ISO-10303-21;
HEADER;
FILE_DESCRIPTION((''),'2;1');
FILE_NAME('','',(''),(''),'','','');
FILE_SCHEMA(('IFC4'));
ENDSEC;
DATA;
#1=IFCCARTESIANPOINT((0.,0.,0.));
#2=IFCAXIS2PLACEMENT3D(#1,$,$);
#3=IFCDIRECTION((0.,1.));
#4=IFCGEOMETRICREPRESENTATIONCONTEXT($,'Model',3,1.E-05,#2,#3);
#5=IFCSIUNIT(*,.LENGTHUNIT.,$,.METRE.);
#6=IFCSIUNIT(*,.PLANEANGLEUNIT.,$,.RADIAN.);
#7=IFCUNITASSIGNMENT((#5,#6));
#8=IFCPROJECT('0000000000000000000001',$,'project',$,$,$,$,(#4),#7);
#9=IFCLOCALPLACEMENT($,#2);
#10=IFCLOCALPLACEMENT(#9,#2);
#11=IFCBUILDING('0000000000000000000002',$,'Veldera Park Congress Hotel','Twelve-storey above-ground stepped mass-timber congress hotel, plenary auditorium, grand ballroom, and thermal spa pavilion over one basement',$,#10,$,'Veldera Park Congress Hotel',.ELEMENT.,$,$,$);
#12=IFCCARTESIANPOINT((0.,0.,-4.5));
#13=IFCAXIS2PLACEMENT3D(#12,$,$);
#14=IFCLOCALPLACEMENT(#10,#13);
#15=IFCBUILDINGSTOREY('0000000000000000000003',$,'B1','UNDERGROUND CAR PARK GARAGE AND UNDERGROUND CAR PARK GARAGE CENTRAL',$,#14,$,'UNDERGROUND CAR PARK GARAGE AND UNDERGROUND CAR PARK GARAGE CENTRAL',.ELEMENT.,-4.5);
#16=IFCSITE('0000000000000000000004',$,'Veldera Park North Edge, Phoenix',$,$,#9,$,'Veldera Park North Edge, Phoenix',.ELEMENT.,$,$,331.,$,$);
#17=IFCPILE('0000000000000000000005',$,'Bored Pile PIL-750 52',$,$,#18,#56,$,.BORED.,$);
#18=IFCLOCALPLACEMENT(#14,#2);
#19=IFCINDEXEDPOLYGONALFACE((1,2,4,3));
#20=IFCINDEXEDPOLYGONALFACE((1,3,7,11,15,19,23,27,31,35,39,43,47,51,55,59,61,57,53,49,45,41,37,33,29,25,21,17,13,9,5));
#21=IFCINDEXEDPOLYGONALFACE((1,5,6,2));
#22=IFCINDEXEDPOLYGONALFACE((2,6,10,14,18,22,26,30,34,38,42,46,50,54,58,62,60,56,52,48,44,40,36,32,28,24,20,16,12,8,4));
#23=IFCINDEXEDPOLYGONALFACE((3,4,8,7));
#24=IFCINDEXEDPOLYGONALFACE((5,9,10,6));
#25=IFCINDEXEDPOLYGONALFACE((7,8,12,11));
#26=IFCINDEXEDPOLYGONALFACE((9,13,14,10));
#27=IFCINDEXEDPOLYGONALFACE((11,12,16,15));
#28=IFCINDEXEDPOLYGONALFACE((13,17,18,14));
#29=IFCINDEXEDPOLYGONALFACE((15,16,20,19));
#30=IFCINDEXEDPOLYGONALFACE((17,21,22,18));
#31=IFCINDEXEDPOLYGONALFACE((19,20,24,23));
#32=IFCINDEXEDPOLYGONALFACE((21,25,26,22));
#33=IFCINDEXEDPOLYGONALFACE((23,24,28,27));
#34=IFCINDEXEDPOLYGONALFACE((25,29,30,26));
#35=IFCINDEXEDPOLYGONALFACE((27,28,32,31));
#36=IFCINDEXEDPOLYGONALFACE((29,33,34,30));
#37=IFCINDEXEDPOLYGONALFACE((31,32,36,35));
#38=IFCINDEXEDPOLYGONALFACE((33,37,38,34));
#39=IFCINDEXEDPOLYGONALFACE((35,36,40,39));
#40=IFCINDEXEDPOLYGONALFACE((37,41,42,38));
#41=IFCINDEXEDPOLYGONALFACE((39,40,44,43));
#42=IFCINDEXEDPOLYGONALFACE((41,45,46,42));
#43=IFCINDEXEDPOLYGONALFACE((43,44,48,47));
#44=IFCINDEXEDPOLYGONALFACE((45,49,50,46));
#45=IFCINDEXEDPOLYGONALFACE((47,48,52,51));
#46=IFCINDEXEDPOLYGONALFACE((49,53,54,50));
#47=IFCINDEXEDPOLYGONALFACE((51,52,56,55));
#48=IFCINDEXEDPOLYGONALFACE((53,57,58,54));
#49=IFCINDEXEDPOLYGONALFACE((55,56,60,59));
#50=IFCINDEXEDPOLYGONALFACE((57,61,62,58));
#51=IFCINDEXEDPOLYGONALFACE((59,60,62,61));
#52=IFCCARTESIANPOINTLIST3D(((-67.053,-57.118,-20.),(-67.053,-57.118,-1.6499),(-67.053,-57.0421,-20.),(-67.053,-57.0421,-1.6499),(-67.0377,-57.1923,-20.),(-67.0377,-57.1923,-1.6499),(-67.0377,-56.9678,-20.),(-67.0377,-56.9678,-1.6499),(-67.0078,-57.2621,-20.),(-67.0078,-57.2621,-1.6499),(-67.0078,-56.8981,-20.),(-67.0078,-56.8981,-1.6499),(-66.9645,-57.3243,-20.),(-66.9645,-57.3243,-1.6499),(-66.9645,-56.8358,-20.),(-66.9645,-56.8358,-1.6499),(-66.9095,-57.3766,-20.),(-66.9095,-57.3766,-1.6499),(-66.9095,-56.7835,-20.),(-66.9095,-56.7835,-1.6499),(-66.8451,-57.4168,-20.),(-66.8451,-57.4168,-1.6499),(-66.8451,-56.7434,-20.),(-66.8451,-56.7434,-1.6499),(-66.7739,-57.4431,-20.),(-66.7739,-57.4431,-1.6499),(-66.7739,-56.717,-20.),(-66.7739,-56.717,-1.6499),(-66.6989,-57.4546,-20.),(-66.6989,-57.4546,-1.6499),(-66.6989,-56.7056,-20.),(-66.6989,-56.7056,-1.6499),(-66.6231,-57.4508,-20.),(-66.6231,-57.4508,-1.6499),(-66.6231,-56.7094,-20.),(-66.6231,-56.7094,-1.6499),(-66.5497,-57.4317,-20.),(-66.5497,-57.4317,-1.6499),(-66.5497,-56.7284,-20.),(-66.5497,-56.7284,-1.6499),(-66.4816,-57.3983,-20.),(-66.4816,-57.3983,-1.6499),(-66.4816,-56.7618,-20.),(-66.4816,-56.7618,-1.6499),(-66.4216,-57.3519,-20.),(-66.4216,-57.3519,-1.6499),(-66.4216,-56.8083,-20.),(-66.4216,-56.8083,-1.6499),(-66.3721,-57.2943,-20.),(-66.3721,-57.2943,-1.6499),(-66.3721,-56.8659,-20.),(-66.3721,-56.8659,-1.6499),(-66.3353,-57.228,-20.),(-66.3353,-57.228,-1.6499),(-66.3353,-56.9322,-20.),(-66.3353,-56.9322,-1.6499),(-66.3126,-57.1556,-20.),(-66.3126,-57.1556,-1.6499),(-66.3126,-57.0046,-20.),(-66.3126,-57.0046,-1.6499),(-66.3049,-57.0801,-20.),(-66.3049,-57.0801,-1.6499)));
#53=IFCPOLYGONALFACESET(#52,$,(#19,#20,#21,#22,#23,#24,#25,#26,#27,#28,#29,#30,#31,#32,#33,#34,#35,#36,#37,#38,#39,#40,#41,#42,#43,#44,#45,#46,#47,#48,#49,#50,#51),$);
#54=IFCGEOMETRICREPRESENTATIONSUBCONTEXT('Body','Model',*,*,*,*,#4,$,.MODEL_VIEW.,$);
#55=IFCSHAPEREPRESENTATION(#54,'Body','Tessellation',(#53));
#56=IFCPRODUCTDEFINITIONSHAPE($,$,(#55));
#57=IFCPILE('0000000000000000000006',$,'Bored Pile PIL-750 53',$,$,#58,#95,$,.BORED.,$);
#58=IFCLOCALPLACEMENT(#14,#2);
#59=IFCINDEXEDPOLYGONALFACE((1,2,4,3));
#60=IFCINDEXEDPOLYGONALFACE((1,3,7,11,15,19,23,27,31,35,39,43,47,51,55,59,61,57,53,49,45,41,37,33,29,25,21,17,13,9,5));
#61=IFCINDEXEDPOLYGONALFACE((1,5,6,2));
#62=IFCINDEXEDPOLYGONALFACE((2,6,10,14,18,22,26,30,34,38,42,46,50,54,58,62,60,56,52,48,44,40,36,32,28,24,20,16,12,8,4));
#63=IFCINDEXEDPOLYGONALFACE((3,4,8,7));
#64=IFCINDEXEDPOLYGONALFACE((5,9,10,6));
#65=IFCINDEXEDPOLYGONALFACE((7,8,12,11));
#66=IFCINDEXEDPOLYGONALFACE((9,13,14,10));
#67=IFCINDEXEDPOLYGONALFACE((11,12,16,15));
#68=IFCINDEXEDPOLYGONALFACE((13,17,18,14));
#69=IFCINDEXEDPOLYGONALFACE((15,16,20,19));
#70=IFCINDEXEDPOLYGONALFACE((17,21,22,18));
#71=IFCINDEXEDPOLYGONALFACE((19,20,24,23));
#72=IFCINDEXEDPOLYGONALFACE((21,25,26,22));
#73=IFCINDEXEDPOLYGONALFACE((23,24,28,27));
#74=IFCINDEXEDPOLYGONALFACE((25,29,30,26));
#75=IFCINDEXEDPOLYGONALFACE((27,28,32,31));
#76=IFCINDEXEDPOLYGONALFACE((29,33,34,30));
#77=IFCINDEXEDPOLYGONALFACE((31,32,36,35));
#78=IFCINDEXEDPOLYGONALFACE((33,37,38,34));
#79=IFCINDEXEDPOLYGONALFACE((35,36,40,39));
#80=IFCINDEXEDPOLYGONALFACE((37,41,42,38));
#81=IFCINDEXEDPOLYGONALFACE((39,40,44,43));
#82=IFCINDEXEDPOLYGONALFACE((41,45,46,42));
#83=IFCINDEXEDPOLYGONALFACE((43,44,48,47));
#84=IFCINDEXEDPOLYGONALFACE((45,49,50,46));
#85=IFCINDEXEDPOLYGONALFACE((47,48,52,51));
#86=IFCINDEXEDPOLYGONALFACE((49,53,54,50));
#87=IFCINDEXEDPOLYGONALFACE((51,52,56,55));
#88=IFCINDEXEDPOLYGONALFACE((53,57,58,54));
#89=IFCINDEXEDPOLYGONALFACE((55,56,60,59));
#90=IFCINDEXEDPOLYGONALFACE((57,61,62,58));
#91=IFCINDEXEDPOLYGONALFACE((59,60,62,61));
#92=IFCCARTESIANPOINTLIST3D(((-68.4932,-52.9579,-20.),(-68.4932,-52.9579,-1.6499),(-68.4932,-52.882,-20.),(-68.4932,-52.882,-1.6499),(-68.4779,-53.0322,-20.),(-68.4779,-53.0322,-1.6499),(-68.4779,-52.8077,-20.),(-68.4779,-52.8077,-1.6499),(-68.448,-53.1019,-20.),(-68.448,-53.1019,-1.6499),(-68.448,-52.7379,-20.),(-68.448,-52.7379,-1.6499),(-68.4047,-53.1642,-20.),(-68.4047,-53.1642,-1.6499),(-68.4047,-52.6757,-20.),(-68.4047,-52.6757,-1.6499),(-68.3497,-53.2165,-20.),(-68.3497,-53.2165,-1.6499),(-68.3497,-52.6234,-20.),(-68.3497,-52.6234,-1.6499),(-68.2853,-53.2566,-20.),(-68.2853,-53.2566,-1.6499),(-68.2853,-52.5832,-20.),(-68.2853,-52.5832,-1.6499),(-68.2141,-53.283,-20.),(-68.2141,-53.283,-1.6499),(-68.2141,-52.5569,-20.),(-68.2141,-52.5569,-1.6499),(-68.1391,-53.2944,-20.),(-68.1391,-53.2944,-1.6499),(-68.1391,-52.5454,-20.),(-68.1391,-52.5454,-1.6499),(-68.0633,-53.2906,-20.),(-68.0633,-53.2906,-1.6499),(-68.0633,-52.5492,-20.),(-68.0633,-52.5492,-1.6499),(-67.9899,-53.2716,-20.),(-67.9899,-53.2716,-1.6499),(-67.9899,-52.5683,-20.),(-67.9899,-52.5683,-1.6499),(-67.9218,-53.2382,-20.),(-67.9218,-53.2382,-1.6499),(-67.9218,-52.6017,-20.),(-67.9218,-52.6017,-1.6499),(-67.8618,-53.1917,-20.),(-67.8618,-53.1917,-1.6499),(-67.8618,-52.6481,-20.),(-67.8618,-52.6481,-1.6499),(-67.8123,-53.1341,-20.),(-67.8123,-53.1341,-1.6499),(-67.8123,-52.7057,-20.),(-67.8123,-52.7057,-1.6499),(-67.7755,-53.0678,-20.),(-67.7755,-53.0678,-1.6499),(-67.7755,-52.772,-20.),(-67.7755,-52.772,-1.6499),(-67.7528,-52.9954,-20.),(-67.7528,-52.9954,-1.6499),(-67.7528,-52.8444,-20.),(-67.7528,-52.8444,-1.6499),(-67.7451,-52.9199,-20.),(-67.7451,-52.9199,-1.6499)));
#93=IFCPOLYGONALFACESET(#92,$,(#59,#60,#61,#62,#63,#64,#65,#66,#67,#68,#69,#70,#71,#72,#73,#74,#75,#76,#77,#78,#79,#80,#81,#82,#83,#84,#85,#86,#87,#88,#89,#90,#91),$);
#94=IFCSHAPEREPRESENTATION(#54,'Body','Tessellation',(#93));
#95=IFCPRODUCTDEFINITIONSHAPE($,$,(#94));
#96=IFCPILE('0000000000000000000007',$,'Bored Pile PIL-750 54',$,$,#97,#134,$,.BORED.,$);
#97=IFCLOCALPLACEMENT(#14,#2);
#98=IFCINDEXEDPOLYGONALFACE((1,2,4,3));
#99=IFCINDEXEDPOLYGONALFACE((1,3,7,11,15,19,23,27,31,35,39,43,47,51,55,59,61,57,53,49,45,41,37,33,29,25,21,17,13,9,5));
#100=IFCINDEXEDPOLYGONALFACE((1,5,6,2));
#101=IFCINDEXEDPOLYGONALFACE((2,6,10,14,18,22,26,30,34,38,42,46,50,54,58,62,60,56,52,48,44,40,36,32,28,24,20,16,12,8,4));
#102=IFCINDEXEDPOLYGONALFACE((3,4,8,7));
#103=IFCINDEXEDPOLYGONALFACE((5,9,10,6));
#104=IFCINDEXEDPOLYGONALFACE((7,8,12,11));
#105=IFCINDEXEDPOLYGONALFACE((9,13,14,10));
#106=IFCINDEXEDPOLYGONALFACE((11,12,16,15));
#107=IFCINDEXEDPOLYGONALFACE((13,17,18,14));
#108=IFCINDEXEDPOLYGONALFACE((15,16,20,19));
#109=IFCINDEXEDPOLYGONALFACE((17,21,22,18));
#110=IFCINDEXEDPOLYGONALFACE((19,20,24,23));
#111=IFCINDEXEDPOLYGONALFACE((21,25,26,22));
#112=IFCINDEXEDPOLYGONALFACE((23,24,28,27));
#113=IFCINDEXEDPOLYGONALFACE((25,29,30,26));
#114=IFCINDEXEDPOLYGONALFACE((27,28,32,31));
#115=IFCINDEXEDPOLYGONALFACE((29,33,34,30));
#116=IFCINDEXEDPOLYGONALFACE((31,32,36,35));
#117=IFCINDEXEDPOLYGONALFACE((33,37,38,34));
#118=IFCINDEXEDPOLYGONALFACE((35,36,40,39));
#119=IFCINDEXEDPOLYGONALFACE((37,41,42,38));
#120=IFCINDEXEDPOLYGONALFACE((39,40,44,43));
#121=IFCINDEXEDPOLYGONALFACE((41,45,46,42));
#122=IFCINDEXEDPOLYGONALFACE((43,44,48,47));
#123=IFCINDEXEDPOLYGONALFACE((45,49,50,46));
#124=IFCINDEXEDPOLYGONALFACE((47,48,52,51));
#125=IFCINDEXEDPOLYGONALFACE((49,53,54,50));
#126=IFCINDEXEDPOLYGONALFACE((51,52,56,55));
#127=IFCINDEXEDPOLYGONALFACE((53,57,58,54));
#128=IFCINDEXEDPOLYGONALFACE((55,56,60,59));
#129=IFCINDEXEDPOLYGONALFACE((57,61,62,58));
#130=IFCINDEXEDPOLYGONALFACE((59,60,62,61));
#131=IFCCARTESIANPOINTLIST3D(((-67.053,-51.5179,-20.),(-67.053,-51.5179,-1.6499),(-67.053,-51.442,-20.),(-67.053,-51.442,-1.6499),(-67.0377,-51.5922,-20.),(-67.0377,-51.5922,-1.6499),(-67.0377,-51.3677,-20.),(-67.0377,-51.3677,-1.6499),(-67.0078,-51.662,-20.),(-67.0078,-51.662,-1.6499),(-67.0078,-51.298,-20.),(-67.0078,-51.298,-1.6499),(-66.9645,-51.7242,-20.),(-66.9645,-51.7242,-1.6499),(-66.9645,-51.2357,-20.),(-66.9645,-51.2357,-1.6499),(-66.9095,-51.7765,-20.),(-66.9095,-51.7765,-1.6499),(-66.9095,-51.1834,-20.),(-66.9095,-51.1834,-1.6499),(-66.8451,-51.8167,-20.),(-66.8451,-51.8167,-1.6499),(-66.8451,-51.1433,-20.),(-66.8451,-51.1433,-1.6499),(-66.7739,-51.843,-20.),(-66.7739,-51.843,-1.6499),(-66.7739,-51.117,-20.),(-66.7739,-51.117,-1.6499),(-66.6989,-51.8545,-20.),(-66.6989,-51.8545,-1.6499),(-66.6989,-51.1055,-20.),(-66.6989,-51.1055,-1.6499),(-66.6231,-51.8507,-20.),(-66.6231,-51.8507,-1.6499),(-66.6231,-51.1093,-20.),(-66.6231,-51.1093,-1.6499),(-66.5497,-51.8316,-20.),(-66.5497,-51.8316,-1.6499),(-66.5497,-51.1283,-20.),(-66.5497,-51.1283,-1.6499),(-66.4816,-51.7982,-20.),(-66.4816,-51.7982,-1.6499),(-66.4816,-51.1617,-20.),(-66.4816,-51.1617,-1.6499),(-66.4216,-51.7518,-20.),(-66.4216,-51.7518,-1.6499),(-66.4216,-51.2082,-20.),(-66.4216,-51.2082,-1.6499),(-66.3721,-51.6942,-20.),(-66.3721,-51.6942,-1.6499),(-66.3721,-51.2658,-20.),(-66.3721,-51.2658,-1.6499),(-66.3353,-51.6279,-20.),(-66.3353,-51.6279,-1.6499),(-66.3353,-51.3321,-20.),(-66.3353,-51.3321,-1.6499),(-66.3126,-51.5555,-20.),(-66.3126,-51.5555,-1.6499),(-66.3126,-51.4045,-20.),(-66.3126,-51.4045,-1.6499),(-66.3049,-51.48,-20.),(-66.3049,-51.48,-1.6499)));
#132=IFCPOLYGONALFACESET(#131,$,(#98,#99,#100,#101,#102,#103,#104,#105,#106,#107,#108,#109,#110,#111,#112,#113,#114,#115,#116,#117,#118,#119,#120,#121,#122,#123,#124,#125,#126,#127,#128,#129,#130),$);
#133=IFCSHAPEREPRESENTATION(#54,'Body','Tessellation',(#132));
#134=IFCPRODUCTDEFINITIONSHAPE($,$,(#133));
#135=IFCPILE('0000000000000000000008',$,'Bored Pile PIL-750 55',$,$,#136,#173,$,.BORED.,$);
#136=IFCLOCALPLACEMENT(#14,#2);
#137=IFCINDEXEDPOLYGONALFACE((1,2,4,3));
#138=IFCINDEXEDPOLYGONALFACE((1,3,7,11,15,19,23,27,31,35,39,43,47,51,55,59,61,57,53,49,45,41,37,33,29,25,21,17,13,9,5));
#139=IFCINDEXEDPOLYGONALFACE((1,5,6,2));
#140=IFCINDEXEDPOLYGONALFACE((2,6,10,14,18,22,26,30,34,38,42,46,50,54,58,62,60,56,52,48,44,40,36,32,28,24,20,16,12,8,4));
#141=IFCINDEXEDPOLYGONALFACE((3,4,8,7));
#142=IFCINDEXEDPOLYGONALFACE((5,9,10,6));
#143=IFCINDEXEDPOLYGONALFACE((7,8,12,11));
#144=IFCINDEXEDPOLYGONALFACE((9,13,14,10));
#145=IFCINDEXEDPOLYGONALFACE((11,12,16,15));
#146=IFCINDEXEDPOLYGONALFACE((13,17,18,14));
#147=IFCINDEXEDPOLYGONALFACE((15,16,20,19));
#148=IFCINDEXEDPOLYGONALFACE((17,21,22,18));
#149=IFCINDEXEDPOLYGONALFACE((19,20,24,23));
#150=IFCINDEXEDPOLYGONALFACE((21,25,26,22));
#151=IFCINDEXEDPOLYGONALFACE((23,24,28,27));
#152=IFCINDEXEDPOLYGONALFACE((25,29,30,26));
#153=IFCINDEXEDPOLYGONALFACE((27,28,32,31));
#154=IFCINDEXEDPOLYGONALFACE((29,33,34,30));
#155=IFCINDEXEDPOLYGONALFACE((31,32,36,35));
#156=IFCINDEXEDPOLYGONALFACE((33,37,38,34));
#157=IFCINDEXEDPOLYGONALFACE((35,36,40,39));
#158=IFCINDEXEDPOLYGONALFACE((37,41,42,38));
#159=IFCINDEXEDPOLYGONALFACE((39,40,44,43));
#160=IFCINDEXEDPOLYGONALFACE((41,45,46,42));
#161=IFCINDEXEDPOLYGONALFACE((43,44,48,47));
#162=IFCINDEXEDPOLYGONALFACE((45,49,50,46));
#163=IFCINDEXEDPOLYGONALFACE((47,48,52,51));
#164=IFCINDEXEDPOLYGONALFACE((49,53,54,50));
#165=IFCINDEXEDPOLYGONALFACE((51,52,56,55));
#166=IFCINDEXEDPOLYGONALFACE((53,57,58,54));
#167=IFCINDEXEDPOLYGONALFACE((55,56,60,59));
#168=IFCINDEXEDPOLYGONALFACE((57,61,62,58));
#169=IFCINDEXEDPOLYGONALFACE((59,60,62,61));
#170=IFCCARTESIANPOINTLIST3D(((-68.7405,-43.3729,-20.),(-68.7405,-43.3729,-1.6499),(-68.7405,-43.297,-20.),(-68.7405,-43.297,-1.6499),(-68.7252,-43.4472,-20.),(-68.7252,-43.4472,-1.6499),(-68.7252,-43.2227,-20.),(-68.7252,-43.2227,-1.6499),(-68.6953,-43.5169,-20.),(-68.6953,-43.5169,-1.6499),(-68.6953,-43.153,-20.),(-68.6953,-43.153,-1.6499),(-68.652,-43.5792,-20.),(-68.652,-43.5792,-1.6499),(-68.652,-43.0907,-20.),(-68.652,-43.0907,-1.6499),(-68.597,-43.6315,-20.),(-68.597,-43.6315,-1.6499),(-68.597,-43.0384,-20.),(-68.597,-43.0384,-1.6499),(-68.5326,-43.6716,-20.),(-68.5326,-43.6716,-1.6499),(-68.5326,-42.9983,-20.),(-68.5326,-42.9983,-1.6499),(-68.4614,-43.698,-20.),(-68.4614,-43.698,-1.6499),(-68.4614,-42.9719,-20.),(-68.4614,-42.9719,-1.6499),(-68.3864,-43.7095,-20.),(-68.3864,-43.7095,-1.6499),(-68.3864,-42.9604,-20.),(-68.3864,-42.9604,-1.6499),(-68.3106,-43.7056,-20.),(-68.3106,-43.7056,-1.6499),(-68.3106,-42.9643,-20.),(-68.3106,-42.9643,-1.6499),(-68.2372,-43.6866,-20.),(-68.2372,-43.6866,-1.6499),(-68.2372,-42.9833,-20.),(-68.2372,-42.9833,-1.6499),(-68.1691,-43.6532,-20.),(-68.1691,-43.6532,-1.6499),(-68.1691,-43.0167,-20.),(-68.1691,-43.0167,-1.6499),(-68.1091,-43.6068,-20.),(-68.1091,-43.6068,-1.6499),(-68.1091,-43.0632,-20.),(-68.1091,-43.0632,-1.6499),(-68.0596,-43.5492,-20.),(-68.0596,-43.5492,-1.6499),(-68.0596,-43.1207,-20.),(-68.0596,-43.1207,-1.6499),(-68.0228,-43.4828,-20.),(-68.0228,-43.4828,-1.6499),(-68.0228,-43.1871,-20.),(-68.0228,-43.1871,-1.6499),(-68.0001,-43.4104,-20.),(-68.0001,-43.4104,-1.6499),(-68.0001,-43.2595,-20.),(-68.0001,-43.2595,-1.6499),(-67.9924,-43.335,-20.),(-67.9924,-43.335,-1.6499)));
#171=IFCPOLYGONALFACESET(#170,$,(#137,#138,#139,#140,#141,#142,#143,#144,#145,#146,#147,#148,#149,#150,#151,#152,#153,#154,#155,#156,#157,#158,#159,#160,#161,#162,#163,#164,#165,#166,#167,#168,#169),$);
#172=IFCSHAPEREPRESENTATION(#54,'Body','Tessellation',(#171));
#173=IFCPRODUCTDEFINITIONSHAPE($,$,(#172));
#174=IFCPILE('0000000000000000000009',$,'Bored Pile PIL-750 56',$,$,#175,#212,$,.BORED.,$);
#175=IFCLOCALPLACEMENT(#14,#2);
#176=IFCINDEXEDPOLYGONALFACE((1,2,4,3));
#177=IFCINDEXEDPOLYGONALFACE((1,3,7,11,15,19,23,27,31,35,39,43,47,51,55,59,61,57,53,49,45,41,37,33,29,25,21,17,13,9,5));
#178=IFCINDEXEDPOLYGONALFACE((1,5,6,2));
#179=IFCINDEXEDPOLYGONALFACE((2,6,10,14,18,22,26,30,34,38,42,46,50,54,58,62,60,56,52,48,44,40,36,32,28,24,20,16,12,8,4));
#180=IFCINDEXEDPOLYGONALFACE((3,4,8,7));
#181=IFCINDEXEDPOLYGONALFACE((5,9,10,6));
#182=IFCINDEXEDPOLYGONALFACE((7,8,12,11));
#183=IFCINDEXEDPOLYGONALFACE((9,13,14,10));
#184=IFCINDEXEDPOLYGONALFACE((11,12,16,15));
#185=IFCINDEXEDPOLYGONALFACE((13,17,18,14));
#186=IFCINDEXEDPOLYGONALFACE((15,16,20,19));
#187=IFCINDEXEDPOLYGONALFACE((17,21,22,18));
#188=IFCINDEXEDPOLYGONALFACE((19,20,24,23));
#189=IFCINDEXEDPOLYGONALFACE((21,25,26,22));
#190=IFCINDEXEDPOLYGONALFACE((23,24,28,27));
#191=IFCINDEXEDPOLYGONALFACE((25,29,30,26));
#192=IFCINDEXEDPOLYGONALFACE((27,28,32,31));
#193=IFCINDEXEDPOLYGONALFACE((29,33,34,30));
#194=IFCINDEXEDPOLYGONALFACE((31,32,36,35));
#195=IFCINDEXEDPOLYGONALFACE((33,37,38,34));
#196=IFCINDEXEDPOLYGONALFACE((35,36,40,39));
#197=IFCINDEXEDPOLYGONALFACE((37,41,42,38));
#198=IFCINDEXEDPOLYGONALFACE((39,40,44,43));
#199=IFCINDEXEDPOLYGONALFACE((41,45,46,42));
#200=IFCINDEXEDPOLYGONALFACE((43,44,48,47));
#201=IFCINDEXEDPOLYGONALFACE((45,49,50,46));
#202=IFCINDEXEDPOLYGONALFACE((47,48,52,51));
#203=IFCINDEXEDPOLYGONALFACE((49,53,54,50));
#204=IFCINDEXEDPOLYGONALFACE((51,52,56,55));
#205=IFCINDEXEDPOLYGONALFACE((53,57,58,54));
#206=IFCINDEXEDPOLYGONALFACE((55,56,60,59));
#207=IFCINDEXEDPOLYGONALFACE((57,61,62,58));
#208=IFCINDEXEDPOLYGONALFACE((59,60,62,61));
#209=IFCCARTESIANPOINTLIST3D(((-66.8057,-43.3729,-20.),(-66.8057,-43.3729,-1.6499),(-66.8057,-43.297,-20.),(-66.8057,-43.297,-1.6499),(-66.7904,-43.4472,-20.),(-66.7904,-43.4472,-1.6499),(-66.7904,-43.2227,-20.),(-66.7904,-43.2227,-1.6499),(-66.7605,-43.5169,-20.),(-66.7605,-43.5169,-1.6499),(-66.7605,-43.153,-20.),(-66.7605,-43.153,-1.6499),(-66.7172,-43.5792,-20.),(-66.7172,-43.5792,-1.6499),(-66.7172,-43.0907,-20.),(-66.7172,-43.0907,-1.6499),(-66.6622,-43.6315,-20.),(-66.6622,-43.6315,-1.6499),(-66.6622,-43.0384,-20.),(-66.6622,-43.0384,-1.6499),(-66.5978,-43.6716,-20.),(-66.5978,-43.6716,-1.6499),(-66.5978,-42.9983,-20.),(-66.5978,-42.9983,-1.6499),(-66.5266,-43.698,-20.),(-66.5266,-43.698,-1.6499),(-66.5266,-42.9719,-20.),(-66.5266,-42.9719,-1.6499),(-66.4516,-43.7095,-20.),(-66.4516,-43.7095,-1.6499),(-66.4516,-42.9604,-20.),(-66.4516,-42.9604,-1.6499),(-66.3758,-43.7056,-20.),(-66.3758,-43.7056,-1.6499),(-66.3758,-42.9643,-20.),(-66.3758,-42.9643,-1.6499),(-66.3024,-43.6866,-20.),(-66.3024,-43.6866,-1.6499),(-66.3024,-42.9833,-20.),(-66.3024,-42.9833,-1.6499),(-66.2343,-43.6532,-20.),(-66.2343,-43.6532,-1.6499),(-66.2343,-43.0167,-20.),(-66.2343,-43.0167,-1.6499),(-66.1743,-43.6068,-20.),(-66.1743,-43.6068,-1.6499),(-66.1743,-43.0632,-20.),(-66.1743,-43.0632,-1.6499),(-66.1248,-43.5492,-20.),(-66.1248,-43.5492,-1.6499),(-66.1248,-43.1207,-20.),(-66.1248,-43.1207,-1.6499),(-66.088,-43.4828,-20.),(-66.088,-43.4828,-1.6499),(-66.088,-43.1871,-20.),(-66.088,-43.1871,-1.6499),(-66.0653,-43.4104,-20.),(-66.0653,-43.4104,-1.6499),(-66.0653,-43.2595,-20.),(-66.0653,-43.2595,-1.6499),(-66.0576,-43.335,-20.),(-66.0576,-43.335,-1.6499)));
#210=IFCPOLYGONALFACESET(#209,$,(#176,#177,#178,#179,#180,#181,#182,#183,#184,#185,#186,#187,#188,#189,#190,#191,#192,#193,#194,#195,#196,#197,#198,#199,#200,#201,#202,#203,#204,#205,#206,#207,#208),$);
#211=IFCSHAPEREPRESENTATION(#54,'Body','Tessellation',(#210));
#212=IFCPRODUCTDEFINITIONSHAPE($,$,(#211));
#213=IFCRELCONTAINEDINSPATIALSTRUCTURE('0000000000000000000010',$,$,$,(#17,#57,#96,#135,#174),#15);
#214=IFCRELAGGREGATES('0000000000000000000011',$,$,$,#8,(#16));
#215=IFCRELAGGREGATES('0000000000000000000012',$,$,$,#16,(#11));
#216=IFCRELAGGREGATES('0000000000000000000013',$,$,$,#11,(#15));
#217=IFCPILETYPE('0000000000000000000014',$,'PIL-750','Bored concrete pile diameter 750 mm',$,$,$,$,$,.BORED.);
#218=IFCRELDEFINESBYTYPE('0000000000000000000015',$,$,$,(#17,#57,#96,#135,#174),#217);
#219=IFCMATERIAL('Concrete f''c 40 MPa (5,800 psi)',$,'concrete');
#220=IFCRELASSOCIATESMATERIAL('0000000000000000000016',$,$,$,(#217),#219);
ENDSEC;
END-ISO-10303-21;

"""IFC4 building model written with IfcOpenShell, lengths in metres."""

from ifc_helpers import new_model, si_unit, direction, frame, origin, origin_2d, place, context, subcontext, project, spatial, circle, extrude, material, material_profile, profile_set, type_object, element, save


model = new_model("IFC4")

# Units and contexts
model_context = context("Model", 3, precision=1e-05, world=origin(), true_north=direction((0.0, 1.0)))
body_context = subcontext(model_context, "Body", "Model", "MODEL_VIEW")
ifc_project = project(units=[si_unit("LENGTHUNIT", "METRE"), si_unit("PLANEANGLEUNIT", "RADIAN")], contexts=[model_context])

# Site, building, storey
site_placement = place(None, origin())
site = spatial("IfcSite", under=ifc_project, at=site_placement, Name="Veldera Park North Edge, Phoenix", LongName="Veldera Park North Edge, Phoenix", CompositionType="ELEMENT", RefElevation=331.0)
building_placement = place(site_placement, origin())
building = spatial("IfcBuilding", under=site, at=building_placement, Name="Veldera Park Congress Hotel", Description="Twelve-storey above-ground stepped mass-timber congress hotel, plenary auditorium, grand ballroom, and thermal spa pavilion over one basement", LongName="Veldera Park Congress Hotel", CompositionType="ELEMENT")
storey_placement = place(building_placement, frame((0.0, 0.0, -4.5)))
storey = spatial("IfcBuildingStorey", under=building, at=storey_placement, Name="B1", Description="UNDERGROUND CAR PARK GARAGE AND UNDERGROUND CAR PARK GARAGE CENTRAL", LongName="UNDERGROUND CAR PARK GARAGE AND UNDERGROUND CAR PARK GARAGE CENTRAL", CompositionType="ELEMENT", Elevation=-4.5)

# Shared definitions
ifc_material_1 = material(Name="Concrete f'c 40 MPa (5,800 psi)", Category="concrete")

# Piles
ifc_material_profile_1 = material_profile(ifc_material_1, circle(Radius=0.375, at=origin_2d()), Name="PILE D750")
ifc_profile_set_1 = profile_set([ifc_material_profile_1], Name="Concrete f'c 40 MPa (5,800 psi)")
pile_type = type_object("IfcPileType", Name="PIL-750", Description="Bored concrete pile diameter 750 mm", PredefinedType="BORED", material=ifc_profile_set_1)
for number, where, z_axis, x_axis, name in (
    (1, (-66.6799, -57.0801, -1.6499), (0.0, 0.0, -1.0), (1.0, 0.0, 0.0), "Bored Pile PIL-750 52"),
    (2, (-68.1201, -52.9199, -1.6499), (0.0, 0.0, -1.0), (1.0, 0.0, 0.0), "Bored Pile PIL-750 53"),
    (3, (-66.6799, -51.48, -1.6499), (0.0, 0.0, -1.0), (1.0, 0.0, 0.0), "Bored Pile PIL-750 54"),
    (4, (-68.3674, -43.335, -1.6499), (0.0, 0.0, -1.0), (1.0, 0.0, 0.0), "Bored Pile PIL-750 55"),
    (5, (-66.4326, -43.335, -1.6499), (0.0, 0.0, -1.0), (1.0, 0.0, 0.0), "Bored Pile PIL-750 56"),
):
    element("IfcPile", number, at=place(storey_placement, frame(where, z_axis=z_axis, x_axis=x_axis)), inside=storey, type_object=pile_type, Name=name, PredefinedType="BORED", context=body_context, shape_type="SweptSolid", body=[
        extrude(circle(Radius=0.375, at=origin_2d()), origin(), (0.0, 0.0, 1.0), 18.3501),
    ])

save(model, "model.ifc")
